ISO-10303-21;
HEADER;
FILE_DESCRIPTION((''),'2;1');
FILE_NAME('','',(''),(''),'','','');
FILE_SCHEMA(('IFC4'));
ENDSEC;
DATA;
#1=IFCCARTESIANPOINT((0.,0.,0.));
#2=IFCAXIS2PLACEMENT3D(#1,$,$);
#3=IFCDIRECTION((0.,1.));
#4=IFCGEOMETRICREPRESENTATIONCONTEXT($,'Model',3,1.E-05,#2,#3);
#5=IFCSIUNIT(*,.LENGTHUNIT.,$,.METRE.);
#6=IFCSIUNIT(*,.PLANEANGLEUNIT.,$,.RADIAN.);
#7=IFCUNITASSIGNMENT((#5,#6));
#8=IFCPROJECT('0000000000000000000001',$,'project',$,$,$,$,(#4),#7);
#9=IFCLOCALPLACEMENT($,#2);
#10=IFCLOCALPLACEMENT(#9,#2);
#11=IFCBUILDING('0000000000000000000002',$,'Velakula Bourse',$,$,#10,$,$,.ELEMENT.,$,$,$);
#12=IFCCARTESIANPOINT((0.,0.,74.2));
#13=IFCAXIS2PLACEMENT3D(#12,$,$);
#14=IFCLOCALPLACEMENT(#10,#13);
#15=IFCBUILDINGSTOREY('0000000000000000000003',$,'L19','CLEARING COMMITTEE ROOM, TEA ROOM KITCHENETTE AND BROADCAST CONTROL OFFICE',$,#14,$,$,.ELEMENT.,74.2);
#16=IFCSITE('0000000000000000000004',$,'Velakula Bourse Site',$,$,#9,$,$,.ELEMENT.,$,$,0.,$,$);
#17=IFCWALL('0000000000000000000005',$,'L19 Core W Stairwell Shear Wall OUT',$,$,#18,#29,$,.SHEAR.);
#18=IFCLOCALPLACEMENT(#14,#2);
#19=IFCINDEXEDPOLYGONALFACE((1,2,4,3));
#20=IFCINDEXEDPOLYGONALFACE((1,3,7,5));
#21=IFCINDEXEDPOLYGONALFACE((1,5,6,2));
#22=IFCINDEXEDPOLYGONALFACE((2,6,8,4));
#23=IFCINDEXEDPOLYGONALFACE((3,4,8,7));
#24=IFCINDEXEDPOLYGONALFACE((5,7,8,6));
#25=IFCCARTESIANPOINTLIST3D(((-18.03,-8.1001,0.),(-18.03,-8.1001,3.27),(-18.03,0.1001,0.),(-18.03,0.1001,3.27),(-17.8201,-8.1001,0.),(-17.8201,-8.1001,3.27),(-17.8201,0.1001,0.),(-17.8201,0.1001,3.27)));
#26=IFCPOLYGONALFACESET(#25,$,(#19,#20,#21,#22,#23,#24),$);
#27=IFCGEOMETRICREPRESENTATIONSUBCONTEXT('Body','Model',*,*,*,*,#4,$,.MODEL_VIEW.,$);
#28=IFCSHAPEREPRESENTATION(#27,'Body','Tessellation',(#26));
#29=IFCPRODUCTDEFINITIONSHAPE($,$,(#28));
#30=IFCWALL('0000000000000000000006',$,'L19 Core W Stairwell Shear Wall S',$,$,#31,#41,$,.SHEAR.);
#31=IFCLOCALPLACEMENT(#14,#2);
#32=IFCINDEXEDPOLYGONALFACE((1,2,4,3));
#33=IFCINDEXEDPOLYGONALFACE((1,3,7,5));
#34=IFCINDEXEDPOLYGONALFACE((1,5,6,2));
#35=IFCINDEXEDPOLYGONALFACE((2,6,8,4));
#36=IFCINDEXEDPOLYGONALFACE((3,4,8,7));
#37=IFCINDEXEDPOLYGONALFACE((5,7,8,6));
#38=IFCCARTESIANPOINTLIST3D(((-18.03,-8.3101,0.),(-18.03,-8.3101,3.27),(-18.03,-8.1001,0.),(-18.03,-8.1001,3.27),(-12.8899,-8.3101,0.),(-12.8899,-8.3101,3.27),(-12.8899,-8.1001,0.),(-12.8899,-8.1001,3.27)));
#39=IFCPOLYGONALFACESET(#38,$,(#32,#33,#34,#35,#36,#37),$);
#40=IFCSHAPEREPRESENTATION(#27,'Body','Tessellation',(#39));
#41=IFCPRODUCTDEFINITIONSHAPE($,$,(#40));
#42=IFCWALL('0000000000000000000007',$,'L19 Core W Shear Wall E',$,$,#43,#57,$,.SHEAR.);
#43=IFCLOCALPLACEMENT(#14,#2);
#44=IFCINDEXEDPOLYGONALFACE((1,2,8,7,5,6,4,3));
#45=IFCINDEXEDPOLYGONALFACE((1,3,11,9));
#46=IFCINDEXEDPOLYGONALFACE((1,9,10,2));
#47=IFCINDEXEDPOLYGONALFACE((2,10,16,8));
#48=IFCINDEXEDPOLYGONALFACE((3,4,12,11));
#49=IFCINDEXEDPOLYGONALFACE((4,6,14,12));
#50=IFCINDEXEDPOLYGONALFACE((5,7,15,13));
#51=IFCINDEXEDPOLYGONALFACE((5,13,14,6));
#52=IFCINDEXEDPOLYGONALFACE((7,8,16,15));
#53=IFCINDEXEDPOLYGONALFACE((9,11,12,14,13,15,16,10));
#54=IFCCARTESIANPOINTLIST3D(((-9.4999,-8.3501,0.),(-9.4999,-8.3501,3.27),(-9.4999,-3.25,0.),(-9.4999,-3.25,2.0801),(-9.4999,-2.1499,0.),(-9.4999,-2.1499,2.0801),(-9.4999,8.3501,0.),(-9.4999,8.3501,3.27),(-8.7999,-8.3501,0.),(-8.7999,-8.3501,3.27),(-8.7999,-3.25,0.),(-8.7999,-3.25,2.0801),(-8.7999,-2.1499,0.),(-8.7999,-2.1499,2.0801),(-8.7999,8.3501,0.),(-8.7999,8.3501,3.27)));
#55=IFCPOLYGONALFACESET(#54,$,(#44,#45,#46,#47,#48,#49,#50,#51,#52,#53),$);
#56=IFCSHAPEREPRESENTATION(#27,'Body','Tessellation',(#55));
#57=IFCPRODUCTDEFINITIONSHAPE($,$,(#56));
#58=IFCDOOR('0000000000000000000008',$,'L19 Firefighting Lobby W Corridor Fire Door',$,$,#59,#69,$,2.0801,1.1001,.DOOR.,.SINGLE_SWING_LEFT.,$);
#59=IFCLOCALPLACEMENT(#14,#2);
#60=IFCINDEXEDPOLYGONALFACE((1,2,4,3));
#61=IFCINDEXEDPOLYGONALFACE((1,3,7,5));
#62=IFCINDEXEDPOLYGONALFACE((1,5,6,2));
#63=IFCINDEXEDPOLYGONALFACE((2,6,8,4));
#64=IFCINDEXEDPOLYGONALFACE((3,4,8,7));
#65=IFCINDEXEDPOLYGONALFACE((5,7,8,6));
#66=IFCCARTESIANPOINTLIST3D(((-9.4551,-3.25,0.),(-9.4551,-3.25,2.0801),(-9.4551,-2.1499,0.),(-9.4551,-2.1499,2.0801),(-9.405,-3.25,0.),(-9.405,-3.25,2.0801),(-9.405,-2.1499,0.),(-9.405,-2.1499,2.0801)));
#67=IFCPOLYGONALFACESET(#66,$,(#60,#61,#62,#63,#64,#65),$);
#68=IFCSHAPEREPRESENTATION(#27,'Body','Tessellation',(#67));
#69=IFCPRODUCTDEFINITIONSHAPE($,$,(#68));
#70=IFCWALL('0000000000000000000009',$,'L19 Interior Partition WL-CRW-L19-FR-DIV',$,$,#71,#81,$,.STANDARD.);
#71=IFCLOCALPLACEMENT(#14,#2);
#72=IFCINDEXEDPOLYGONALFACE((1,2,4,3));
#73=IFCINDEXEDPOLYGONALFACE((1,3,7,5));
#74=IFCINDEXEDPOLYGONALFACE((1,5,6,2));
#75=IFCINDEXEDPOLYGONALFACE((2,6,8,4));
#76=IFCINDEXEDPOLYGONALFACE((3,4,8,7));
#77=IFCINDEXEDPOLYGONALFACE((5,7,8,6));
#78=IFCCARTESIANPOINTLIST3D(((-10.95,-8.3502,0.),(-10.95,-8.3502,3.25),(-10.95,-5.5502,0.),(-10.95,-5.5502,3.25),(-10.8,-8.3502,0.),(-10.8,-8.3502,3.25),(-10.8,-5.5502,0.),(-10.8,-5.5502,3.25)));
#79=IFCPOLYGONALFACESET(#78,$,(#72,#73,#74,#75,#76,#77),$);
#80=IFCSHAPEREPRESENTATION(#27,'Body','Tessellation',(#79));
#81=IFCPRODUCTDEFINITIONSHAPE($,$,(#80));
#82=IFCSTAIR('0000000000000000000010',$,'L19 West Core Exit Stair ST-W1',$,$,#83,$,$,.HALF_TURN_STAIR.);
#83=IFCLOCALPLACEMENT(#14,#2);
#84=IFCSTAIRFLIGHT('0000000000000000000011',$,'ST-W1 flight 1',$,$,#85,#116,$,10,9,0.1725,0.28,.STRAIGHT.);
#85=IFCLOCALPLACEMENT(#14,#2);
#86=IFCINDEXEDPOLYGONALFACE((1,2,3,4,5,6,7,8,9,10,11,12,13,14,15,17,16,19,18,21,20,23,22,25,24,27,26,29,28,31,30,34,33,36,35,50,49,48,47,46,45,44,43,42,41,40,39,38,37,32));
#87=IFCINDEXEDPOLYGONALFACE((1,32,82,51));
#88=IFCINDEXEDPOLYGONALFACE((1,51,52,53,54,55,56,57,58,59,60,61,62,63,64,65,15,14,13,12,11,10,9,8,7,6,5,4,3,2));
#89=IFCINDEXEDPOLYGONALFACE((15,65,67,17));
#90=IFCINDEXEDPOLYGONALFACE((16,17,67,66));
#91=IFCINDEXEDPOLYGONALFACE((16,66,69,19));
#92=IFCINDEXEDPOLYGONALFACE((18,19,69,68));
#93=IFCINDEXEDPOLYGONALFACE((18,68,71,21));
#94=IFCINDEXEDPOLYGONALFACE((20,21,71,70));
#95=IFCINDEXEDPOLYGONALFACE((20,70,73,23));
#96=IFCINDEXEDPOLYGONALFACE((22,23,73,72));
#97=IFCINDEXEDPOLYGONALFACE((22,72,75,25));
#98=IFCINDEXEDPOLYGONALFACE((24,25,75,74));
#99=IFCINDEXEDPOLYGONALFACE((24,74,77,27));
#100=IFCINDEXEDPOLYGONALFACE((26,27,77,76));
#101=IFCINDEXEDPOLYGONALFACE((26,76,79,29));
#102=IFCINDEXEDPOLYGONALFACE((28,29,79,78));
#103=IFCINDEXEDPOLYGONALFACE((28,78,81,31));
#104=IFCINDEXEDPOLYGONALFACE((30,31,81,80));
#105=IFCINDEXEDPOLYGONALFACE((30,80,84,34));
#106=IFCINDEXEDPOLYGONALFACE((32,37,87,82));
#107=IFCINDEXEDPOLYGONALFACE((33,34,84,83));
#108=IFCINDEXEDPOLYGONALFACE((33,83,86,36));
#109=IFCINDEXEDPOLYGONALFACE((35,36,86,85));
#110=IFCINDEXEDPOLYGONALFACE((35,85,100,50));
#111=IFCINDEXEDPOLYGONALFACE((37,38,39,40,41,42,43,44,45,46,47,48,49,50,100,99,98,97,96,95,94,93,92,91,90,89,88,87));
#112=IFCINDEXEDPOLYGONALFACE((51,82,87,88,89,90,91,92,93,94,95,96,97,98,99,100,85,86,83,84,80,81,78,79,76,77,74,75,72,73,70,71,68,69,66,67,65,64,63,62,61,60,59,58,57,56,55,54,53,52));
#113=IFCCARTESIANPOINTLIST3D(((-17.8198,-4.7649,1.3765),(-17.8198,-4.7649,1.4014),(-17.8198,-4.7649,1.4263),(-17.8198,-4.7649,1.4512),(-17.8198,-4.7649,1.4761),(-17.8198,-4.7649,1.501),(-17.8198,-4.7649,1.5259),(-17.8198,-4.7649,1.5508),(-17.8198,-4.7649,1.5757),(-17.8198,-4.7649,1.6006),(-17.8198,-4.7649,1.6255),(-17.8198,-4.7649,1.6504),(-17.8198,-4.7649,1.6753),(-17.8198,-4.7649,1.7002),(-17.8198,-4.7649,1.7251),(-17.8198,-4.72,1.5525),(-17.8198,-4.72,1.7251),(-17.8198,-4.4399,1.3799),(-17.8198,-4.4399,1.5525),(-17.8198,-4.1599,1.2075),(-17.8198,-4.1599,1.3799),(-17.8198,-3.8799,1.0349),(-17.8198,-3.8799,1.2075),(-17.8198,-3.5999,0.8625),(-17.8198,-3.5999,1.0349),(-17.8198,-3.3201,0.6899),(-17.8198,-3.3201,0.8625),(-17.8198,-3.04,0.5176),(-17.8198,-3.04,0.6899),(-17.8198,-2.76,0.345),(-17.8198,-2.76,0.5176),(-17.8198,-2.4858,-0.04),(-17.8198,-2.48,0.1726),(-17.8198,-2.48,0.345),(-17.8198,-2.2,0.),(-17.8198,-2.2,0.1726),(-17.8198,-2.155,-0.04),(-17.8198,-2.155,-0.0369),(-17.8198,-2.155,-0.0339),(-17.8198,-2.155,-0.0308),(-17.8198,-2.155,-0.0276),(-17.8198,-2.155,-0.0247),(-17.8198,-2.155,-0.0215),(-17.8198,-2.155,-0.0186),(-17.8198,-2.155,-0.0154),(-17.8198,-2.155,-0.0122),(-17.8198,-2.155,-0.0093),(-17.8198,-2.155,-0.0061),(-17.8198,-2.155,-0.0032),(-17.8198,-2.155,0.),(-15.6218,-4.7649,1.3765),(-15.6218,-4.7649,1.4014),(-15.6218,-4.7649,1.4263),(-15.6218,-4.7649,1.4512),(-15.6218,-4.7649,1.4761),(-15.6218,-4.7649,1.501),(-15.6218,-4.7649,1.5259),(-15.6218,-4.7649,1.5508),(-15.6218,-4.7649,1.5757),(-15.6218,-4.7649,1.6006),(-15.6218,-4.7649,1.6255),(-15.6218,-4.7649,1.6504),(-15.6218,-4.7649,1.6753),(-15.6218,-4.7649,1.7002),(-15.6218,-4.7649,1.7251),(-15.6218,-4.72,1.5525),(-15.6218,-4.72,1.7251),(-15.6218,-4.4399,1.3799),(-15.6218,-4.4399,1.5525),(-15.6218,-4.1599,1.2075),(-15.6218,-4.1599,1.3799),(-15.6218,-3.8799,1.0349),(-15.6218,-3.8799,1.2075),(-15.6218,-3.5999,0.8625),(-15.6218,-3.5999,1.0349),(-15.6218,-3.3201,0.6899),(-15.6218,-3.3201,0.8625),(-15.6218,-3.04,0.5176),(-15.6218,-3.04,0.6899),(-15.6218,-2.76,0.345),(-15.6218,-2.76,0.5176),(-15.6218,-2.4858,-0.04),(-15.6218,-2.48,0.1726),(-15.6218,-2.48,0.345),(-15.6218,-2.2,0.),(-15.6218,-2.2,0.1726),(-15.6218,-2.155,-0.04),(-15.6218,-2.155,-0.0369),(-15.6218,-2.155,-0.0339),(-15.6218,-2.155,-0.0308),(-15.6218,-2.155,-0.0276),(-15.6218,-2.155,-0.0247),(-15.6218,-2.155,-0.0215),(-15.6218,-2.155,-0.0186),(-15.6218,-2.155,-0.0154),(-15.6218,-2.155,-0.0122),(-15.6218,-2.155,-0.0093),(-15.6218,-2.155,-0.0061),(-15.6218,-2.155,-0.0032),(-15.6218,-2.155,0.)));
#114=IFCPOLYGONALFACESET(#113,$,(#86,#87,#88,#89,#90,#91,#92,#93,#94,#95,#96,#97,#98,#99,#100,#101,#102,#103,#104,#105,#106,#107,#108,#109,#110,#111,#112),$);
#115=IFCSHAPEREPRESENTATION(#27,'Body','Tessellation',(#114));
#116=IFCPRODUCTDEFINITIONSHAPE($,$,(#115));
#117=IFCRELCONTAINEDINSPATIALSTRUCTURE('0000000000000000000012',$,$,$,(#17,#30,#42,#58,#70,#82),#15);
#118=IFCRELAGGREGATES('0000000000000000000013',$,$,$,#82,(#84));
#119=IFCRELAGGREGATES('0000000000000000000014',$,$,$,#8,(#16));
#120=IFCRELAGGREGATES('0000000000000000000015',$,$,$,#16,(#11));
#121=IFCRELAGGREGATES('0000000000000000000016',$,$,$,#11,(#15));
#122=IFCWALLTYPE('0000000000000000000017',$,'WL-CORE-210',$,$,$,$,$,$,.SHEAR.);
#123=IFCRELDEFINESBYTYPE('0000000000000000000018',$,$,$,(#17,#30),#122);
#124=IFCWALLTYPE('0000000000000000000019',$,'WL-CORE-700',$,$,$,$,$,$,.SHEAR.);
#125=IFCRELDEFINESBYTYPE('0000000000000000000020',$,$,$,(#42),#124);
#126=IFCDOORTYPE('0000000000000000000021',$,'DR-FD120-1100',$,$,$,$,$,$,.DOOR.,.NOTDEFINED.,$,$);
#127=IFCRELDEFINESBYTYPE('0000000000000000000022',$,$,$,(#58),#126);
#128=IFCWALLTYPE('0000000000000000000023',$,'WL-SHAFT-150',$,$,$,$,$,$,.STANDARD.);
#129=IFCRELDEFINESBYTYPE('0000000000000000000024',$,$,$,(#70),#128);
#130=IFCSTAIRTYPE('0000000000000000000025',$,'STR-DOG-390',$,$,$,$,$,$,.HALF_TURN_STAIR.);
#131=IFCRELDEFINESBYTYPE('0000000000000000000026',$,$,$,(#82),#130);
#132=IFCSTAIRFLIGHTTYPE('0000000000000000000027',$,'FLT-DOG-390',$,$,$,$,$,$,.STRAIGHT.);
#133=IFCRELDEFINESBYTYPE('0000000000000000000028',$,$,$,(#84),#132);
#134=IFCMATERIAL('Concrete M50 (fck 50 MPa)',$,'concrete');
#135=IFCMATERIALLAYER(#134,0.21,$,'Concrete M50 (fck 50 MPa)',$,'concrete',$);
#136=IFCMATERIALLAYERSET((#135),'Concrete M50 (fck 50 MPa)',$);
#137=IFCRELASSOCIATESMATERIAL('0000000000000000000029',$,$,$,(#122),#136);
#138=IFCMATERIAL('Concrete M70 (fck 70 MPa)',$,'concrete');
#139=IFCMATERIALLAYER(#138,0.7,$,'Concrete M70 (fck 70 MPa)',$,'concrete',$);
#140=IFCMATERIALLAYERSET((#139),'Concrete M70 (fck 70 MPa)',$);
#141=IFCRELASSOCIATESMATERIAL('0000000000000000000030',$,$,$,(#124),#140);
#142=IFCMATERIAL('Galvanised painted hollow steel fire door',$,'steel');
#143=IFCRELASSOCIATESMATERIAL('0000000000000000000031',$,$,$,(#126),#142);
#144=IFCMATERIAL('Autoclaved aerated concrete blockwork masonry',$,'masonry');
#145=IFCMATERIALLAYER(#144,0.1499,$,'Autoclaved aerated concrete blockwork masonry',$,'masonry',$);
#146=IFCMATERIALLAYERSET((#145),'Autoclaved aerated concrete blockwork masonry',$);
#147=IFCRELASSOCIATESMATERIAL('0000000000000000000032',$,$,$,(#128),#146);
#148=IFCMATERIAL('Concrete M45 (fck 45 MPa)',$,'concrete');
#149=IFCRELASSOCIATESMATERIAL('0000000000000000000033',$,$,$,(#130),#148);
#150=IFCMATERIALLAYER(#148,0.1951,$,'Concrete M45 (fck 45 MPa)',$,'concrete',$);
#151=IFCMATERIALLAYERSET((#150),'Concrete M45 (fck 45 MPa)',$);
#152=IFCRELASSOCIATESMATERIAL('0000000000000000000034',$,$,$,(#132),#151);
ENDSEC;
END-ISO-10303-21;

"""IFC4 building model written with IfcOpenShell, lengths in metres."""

from ifc_helpers import new_model, si_unit, direction, frame, frame_2d, origin, place, context, subcontext, project, spatial, polyline, rectangle, outline, extrude, material, layer, layer_set, type_object, element, fill, aggregate, save


model = new_model("IFC4")

# Units and contexts
model_context = context("Model", 3, precision=1e-05, world=origin(), true_north=direction((0.0, 1.0)))
body_context = subcontext(model_context, "Body", "Model", "MODEL_VIEW")
ifc_project = project(units=[si_unit("LENGTHUNIT", "METRE"), si_unit("PLANEANGLEUNIT", "RADIAN")], contexts=[model_context])

# Site, building, storey
site_placement = place(None, origin())
site = spatial("IfcSite", under=ifc_project, at=site_placement, Name="Velakula Bourse Site", CompositionType="ELEMENT", RefElevation=0.0)
building_placement = place(site_placement, origin())
building = spatial("IfcBuilding", under=site, at=building_placement, Name="Velakula Bourse", CompositionType="ELEMENT")
storey_placement = place(building_placement, frame((0.0, 0.0, 74.2)))
storey = spatial("IfcBuildingStorey", under=building, at=storey_placement, Name="L19", Description="CLEARING COMMITTEE ROOM, TEA ROOM KITCHENETTE AND BROADCAST CONTROL OFFICE", CompositionType="ELEMENT", Elevation=74.2)

# Shared definitions
ifc_material_1 = material(Name="Concrete M70 (fck 70 MPa)", Category="concrete")

# Shared definitions
ifc_material_2 = material(Name="Concrete M50 (fck 50 MPa)", Category="concrete")
ifc_layer_1 = layer(ifc_material_2, 0.21, Name="Concrete M50 (fck 50 MPa)", Category="concrete")
ifc_layer_set_1 = layer_set([ifc_layer_1], Name="Concrete M50 (fck 50 MPa)")
wall_type_1 = type_object("IfcWallType", Name="WL-CORE-210", PredefinedType="SHEAR", material=ifc_layer_set_1)
ifc_material_3 = material(Name="Galvanised painted hollow steel fire door", Category="steel")

# Walls
wall_1_placement = place(storey_placement, frame((-17.925, -8.1001, 0.0), z_axis=(0.0, 0.0, 1.0), x_axis=(0.0, 1.0, 0.0)))
element("IfcWall", 1, at=wall_1_placement, inside=storey, type_object=wall_type_1, Name="L19 Core W Stairwell Shear Wall OUT", PredefinedType="SHEAR", context=body_context, shape_type="SweptSolid", body=[
    extrude(rectangle(XDim=8.2002, YDim=0.21, at=frame_2d((4.1001, 0.0))), origin(), (0.0, 0.0, 1.0), 3.27),
])
wall_2_placement = place(storey_placement, frame((-18.03, -8.2051, 0.0), z_axis=(0.0, 0.0, 1.0), x_axis=(1.0, 0.0, 0.0)))
element("IfcWall", 2, at=wall_2_placement, inside=storey, type_object=wall_type_1, Name="L19 Core W Stairwell Shear Wall S", PredefinedType="SHEAR", context=body_context, shape_type="SweptSolid", body=[
    extrude(rectangle(XDim=5.1401, YDim=0.21, at=frame_2d((2.5701, 0.0))), origin(), (0.0, 0.0, 1.0), 3.27),
])

# Wall, opening, door
ifc_layer_2 = layer(ifc_material_1, 0.7, Name="Concrete M70 (fck 70 MPa)", Category="concrete")
ifc_layer_set_2 = layer_set([ifc_layer_2], Name="Concrete M70 (fck 70 MPa)")
wall_type_2 = type_object("IfcWallType", Name="WL-CORE-700", PredefinedType="SHEAR", material=ifc_layer_set_2)
wall_3_placement = place(storey_placement, frame((-9.1499, -8.3501, 0.0), z_axis=(0.0, 0.0, 1.0), x_axis=(0.0, 1.0, 0.0)))
wall_3 = element("IfcWall", 3, at=wall_3_placement, inside=storey, type_object=wall_type_2, Name="L19 Core W Shear Wall E", PredefinedType="SHEAR", context=body_context, shape_type="SweptSolid", body=[
    extrude(rectangle(XDim=16.7002, YDim=0.7, at=frame_2d((8.3501, 0.0))), origin(), (0.0, 0.0, 1.0), 3.27),
])
opening_1_placement = place(wall_3_placement, frame((5.1001, 0.0, 0.0)))
opening_1 = element("IfcOpeningElement", 4, at=opening_1_placement, cuts=wall_3, PredefinedType="OPENING", context=body_context, shape_type="SweptSolid", body=[
    extrude(rectangle(XDim=1.1001, YDim=2.0801, at=frame_2d((0.55, 1.04))), frame((0.0, 0.3599, 0.0), z_axis=(0.0, -1.0, 0.0), x_axis=(1.0, 0.0, 0.0)), (0.0, 0.0, 1.0), 0.72),
])
door_type_1 = type_object("IfcDoorType", Name="DR-FD120-1100", OperationType="NOTDEFINED", PredefinedType="DOOR", material=ifc_material_3)
door_1_placement = place(opening_1_placement, origin())
door_1 = element("IfcDoor", 5, at=door_1_placement, inside=storey, type_object=door_type_1, Name="L19 Firefighting Lobby W Corridor Fire Door", OperationType="SINGLE_SWING_LEFT", OverallHeight=2.0801, OverallWidth=1.1001, PredefinedType="DOOR", context=body_context, shape_type="SweptSolid", body=[
    extrude(rectangle(XDim=1.1001, YDim=2.0801, at=frame_2d((0.55, 1.04))), frame((0.0, 0.3052, 0.0), z_axis=(0.0, -1.0, 0.0), x_axis=(1.0, 0.0, 0.0)), (0.0, 0.0, 1.0), 0.05),
])
fill(opening_1, door_1)

# Shared definitions
ifc_material_4 = material(Name="Autoclaved aerated concrete blockwork masonry", Category="masonry")
ifc_layer_3 = layer(ifc_material_4, 0.1499, Name="Autoclaved aerated concrete blockwork masonry", Category="masonry")
ifc_layer_set_3 = layer_set([ifc_layer_3], Name="Autoclaved aerated concrete blockwork masonry")
wall_type_3 = type_object("IfcWallType", Name="WL-SHAFT-150", PredefinedType="STANDARD", material=ifc_layer_set_3)

# Wall
wall_4_placement = place(storey_placement, frame((-10.875, -8.3501, 0.0), z_axis=(0.0, 0.0, 1.0), x_axis=(0.0, 1.0, 0.0)))
element("IfcWall", 6, at=wall_4_placement, inside=storey, type_object=wall_type_3, Name="L19 Interior Partition WL-CRW-L19-FR-DIV", PredefinedType="STANDARD", context=body_context, shape_type="SweptSolid", body=[
    extrude(rectangle(XDim=2.8, YDim=0.1499, at=frame_2d((1.3999, 0.0))), origin(), (0.0, 0.0, 1.0), 3.25),
])

# Stair, stair flight
ifc_material_5 = material(Name="Concrete M45 (fck 45 MPa)", Category="concrete")
stair_type = type_object("IfcStairType", Name="STR-DOG-390", PredefinedType="HALF_TURN_STAIR", material=ifc_material_5)
stair_placement = place(storey_placement, origin())
stair = element("IfcStair", 7, at=stair_placement, inside=storey, type_object=stair_type, Name="L19 West Core Exit Stair ST-W1", PredefinedType="HALF_TURN_STAIR")
ifc_layer_4 = layer(ifc_material_5, 0.1951, Name="Concrete M45 (fck 45 MPa)", Category="concrete")
ifc_layer_set_4 = layer_set([ifc_layer_4], Name="Concrete M45 (fck 45 MPa)")
stair_flight_type = type_object("IfcStairFlightType", Name="FLT-DOG-390", PredefinedType="STRAIGHT", material=ifc_layer_set_4)
stair_flight_1_placement = place(storey_placement, frame((-16.7209, -2.2, 0.0), z_axis=(0.0, 0.0, 1.0), x_axis=(0.0, -1.0, 0.0)))
stair_flight_1 = element("IfcStairFlight", 8, at=stair_flight_1_placement, type_object=stair_flight_type, Name="ST-W1 flight 1", NumberOfRisers=10, NumberOfTreads=9, PredefinedType="STRAIGHT", RiserHeight=0.1725, TreadLength=0.28, context=body_context, shape_type="SweptSolid", body=[
    extrude(outline(polyline([(-0.0449, -0.04), (-0.0449, -0.0369), (-0.0449, -0.0339), (-0.0449, -0.0308), (-0.0449, -0.0276), (-0.0449, -0.0247), (-0.0449, -0.0215), (-0.0449, -0.0186), (-0.0449, -0.0154), (-0.0449, -0.0122), (-0.0449, -0.0093), (-0.0449, -0.0061), (-0.0449, -0.0032), (-0.0449, 0.0), (0.0, 0.0), (0.0, 0.1726), (0.28, 0.1726), (0.28, 0.345), (0.5601, 0.345), (0.5601, 0.5176), (0.8401, 0.5176), (0.8401, 0.6899), (1.1201, 0.6899), (1.1201, 0.8625), (1.3999, 0.8625), (1.3999, 1.0349), (1.6799, 1.0349), (1.6799, 1.2075), (1.96, 1.2075), (1.96, 1.3799), (2.24, 1.3799), (2.24, 1.5525), (2.52, 1.5525), (2.52, 1.7251), (2.5649, 1.7251), (2.5649, 1.7002), (2.5649, 1.6753), (2.5649, 1.6504), (2.5649, 1.6255), (2.5649, 1.6006), (2.5649, 1.5757), (2.5649, 1.5508), (2.5649, 1.5259), (2.5649, 1.501), (2.5649, 1.4761), (2.5649, 1.4512), (2.5649, 1.4263), (2.5649, 1.4014), (2.5649, 1.3765), (0.2859, -0.04), (-0.0449, -0.04)])), frame((0.0, 1.0991, 0.0), z_axis=(0.0, -1.0, 0.0), x_axis=(1.0, 0.0, 0.0)), (0.0, 0.0, 1.0), 2.198),
])
aggregate(stair, [stair_flight_1])

save(model, "model.ifc")
